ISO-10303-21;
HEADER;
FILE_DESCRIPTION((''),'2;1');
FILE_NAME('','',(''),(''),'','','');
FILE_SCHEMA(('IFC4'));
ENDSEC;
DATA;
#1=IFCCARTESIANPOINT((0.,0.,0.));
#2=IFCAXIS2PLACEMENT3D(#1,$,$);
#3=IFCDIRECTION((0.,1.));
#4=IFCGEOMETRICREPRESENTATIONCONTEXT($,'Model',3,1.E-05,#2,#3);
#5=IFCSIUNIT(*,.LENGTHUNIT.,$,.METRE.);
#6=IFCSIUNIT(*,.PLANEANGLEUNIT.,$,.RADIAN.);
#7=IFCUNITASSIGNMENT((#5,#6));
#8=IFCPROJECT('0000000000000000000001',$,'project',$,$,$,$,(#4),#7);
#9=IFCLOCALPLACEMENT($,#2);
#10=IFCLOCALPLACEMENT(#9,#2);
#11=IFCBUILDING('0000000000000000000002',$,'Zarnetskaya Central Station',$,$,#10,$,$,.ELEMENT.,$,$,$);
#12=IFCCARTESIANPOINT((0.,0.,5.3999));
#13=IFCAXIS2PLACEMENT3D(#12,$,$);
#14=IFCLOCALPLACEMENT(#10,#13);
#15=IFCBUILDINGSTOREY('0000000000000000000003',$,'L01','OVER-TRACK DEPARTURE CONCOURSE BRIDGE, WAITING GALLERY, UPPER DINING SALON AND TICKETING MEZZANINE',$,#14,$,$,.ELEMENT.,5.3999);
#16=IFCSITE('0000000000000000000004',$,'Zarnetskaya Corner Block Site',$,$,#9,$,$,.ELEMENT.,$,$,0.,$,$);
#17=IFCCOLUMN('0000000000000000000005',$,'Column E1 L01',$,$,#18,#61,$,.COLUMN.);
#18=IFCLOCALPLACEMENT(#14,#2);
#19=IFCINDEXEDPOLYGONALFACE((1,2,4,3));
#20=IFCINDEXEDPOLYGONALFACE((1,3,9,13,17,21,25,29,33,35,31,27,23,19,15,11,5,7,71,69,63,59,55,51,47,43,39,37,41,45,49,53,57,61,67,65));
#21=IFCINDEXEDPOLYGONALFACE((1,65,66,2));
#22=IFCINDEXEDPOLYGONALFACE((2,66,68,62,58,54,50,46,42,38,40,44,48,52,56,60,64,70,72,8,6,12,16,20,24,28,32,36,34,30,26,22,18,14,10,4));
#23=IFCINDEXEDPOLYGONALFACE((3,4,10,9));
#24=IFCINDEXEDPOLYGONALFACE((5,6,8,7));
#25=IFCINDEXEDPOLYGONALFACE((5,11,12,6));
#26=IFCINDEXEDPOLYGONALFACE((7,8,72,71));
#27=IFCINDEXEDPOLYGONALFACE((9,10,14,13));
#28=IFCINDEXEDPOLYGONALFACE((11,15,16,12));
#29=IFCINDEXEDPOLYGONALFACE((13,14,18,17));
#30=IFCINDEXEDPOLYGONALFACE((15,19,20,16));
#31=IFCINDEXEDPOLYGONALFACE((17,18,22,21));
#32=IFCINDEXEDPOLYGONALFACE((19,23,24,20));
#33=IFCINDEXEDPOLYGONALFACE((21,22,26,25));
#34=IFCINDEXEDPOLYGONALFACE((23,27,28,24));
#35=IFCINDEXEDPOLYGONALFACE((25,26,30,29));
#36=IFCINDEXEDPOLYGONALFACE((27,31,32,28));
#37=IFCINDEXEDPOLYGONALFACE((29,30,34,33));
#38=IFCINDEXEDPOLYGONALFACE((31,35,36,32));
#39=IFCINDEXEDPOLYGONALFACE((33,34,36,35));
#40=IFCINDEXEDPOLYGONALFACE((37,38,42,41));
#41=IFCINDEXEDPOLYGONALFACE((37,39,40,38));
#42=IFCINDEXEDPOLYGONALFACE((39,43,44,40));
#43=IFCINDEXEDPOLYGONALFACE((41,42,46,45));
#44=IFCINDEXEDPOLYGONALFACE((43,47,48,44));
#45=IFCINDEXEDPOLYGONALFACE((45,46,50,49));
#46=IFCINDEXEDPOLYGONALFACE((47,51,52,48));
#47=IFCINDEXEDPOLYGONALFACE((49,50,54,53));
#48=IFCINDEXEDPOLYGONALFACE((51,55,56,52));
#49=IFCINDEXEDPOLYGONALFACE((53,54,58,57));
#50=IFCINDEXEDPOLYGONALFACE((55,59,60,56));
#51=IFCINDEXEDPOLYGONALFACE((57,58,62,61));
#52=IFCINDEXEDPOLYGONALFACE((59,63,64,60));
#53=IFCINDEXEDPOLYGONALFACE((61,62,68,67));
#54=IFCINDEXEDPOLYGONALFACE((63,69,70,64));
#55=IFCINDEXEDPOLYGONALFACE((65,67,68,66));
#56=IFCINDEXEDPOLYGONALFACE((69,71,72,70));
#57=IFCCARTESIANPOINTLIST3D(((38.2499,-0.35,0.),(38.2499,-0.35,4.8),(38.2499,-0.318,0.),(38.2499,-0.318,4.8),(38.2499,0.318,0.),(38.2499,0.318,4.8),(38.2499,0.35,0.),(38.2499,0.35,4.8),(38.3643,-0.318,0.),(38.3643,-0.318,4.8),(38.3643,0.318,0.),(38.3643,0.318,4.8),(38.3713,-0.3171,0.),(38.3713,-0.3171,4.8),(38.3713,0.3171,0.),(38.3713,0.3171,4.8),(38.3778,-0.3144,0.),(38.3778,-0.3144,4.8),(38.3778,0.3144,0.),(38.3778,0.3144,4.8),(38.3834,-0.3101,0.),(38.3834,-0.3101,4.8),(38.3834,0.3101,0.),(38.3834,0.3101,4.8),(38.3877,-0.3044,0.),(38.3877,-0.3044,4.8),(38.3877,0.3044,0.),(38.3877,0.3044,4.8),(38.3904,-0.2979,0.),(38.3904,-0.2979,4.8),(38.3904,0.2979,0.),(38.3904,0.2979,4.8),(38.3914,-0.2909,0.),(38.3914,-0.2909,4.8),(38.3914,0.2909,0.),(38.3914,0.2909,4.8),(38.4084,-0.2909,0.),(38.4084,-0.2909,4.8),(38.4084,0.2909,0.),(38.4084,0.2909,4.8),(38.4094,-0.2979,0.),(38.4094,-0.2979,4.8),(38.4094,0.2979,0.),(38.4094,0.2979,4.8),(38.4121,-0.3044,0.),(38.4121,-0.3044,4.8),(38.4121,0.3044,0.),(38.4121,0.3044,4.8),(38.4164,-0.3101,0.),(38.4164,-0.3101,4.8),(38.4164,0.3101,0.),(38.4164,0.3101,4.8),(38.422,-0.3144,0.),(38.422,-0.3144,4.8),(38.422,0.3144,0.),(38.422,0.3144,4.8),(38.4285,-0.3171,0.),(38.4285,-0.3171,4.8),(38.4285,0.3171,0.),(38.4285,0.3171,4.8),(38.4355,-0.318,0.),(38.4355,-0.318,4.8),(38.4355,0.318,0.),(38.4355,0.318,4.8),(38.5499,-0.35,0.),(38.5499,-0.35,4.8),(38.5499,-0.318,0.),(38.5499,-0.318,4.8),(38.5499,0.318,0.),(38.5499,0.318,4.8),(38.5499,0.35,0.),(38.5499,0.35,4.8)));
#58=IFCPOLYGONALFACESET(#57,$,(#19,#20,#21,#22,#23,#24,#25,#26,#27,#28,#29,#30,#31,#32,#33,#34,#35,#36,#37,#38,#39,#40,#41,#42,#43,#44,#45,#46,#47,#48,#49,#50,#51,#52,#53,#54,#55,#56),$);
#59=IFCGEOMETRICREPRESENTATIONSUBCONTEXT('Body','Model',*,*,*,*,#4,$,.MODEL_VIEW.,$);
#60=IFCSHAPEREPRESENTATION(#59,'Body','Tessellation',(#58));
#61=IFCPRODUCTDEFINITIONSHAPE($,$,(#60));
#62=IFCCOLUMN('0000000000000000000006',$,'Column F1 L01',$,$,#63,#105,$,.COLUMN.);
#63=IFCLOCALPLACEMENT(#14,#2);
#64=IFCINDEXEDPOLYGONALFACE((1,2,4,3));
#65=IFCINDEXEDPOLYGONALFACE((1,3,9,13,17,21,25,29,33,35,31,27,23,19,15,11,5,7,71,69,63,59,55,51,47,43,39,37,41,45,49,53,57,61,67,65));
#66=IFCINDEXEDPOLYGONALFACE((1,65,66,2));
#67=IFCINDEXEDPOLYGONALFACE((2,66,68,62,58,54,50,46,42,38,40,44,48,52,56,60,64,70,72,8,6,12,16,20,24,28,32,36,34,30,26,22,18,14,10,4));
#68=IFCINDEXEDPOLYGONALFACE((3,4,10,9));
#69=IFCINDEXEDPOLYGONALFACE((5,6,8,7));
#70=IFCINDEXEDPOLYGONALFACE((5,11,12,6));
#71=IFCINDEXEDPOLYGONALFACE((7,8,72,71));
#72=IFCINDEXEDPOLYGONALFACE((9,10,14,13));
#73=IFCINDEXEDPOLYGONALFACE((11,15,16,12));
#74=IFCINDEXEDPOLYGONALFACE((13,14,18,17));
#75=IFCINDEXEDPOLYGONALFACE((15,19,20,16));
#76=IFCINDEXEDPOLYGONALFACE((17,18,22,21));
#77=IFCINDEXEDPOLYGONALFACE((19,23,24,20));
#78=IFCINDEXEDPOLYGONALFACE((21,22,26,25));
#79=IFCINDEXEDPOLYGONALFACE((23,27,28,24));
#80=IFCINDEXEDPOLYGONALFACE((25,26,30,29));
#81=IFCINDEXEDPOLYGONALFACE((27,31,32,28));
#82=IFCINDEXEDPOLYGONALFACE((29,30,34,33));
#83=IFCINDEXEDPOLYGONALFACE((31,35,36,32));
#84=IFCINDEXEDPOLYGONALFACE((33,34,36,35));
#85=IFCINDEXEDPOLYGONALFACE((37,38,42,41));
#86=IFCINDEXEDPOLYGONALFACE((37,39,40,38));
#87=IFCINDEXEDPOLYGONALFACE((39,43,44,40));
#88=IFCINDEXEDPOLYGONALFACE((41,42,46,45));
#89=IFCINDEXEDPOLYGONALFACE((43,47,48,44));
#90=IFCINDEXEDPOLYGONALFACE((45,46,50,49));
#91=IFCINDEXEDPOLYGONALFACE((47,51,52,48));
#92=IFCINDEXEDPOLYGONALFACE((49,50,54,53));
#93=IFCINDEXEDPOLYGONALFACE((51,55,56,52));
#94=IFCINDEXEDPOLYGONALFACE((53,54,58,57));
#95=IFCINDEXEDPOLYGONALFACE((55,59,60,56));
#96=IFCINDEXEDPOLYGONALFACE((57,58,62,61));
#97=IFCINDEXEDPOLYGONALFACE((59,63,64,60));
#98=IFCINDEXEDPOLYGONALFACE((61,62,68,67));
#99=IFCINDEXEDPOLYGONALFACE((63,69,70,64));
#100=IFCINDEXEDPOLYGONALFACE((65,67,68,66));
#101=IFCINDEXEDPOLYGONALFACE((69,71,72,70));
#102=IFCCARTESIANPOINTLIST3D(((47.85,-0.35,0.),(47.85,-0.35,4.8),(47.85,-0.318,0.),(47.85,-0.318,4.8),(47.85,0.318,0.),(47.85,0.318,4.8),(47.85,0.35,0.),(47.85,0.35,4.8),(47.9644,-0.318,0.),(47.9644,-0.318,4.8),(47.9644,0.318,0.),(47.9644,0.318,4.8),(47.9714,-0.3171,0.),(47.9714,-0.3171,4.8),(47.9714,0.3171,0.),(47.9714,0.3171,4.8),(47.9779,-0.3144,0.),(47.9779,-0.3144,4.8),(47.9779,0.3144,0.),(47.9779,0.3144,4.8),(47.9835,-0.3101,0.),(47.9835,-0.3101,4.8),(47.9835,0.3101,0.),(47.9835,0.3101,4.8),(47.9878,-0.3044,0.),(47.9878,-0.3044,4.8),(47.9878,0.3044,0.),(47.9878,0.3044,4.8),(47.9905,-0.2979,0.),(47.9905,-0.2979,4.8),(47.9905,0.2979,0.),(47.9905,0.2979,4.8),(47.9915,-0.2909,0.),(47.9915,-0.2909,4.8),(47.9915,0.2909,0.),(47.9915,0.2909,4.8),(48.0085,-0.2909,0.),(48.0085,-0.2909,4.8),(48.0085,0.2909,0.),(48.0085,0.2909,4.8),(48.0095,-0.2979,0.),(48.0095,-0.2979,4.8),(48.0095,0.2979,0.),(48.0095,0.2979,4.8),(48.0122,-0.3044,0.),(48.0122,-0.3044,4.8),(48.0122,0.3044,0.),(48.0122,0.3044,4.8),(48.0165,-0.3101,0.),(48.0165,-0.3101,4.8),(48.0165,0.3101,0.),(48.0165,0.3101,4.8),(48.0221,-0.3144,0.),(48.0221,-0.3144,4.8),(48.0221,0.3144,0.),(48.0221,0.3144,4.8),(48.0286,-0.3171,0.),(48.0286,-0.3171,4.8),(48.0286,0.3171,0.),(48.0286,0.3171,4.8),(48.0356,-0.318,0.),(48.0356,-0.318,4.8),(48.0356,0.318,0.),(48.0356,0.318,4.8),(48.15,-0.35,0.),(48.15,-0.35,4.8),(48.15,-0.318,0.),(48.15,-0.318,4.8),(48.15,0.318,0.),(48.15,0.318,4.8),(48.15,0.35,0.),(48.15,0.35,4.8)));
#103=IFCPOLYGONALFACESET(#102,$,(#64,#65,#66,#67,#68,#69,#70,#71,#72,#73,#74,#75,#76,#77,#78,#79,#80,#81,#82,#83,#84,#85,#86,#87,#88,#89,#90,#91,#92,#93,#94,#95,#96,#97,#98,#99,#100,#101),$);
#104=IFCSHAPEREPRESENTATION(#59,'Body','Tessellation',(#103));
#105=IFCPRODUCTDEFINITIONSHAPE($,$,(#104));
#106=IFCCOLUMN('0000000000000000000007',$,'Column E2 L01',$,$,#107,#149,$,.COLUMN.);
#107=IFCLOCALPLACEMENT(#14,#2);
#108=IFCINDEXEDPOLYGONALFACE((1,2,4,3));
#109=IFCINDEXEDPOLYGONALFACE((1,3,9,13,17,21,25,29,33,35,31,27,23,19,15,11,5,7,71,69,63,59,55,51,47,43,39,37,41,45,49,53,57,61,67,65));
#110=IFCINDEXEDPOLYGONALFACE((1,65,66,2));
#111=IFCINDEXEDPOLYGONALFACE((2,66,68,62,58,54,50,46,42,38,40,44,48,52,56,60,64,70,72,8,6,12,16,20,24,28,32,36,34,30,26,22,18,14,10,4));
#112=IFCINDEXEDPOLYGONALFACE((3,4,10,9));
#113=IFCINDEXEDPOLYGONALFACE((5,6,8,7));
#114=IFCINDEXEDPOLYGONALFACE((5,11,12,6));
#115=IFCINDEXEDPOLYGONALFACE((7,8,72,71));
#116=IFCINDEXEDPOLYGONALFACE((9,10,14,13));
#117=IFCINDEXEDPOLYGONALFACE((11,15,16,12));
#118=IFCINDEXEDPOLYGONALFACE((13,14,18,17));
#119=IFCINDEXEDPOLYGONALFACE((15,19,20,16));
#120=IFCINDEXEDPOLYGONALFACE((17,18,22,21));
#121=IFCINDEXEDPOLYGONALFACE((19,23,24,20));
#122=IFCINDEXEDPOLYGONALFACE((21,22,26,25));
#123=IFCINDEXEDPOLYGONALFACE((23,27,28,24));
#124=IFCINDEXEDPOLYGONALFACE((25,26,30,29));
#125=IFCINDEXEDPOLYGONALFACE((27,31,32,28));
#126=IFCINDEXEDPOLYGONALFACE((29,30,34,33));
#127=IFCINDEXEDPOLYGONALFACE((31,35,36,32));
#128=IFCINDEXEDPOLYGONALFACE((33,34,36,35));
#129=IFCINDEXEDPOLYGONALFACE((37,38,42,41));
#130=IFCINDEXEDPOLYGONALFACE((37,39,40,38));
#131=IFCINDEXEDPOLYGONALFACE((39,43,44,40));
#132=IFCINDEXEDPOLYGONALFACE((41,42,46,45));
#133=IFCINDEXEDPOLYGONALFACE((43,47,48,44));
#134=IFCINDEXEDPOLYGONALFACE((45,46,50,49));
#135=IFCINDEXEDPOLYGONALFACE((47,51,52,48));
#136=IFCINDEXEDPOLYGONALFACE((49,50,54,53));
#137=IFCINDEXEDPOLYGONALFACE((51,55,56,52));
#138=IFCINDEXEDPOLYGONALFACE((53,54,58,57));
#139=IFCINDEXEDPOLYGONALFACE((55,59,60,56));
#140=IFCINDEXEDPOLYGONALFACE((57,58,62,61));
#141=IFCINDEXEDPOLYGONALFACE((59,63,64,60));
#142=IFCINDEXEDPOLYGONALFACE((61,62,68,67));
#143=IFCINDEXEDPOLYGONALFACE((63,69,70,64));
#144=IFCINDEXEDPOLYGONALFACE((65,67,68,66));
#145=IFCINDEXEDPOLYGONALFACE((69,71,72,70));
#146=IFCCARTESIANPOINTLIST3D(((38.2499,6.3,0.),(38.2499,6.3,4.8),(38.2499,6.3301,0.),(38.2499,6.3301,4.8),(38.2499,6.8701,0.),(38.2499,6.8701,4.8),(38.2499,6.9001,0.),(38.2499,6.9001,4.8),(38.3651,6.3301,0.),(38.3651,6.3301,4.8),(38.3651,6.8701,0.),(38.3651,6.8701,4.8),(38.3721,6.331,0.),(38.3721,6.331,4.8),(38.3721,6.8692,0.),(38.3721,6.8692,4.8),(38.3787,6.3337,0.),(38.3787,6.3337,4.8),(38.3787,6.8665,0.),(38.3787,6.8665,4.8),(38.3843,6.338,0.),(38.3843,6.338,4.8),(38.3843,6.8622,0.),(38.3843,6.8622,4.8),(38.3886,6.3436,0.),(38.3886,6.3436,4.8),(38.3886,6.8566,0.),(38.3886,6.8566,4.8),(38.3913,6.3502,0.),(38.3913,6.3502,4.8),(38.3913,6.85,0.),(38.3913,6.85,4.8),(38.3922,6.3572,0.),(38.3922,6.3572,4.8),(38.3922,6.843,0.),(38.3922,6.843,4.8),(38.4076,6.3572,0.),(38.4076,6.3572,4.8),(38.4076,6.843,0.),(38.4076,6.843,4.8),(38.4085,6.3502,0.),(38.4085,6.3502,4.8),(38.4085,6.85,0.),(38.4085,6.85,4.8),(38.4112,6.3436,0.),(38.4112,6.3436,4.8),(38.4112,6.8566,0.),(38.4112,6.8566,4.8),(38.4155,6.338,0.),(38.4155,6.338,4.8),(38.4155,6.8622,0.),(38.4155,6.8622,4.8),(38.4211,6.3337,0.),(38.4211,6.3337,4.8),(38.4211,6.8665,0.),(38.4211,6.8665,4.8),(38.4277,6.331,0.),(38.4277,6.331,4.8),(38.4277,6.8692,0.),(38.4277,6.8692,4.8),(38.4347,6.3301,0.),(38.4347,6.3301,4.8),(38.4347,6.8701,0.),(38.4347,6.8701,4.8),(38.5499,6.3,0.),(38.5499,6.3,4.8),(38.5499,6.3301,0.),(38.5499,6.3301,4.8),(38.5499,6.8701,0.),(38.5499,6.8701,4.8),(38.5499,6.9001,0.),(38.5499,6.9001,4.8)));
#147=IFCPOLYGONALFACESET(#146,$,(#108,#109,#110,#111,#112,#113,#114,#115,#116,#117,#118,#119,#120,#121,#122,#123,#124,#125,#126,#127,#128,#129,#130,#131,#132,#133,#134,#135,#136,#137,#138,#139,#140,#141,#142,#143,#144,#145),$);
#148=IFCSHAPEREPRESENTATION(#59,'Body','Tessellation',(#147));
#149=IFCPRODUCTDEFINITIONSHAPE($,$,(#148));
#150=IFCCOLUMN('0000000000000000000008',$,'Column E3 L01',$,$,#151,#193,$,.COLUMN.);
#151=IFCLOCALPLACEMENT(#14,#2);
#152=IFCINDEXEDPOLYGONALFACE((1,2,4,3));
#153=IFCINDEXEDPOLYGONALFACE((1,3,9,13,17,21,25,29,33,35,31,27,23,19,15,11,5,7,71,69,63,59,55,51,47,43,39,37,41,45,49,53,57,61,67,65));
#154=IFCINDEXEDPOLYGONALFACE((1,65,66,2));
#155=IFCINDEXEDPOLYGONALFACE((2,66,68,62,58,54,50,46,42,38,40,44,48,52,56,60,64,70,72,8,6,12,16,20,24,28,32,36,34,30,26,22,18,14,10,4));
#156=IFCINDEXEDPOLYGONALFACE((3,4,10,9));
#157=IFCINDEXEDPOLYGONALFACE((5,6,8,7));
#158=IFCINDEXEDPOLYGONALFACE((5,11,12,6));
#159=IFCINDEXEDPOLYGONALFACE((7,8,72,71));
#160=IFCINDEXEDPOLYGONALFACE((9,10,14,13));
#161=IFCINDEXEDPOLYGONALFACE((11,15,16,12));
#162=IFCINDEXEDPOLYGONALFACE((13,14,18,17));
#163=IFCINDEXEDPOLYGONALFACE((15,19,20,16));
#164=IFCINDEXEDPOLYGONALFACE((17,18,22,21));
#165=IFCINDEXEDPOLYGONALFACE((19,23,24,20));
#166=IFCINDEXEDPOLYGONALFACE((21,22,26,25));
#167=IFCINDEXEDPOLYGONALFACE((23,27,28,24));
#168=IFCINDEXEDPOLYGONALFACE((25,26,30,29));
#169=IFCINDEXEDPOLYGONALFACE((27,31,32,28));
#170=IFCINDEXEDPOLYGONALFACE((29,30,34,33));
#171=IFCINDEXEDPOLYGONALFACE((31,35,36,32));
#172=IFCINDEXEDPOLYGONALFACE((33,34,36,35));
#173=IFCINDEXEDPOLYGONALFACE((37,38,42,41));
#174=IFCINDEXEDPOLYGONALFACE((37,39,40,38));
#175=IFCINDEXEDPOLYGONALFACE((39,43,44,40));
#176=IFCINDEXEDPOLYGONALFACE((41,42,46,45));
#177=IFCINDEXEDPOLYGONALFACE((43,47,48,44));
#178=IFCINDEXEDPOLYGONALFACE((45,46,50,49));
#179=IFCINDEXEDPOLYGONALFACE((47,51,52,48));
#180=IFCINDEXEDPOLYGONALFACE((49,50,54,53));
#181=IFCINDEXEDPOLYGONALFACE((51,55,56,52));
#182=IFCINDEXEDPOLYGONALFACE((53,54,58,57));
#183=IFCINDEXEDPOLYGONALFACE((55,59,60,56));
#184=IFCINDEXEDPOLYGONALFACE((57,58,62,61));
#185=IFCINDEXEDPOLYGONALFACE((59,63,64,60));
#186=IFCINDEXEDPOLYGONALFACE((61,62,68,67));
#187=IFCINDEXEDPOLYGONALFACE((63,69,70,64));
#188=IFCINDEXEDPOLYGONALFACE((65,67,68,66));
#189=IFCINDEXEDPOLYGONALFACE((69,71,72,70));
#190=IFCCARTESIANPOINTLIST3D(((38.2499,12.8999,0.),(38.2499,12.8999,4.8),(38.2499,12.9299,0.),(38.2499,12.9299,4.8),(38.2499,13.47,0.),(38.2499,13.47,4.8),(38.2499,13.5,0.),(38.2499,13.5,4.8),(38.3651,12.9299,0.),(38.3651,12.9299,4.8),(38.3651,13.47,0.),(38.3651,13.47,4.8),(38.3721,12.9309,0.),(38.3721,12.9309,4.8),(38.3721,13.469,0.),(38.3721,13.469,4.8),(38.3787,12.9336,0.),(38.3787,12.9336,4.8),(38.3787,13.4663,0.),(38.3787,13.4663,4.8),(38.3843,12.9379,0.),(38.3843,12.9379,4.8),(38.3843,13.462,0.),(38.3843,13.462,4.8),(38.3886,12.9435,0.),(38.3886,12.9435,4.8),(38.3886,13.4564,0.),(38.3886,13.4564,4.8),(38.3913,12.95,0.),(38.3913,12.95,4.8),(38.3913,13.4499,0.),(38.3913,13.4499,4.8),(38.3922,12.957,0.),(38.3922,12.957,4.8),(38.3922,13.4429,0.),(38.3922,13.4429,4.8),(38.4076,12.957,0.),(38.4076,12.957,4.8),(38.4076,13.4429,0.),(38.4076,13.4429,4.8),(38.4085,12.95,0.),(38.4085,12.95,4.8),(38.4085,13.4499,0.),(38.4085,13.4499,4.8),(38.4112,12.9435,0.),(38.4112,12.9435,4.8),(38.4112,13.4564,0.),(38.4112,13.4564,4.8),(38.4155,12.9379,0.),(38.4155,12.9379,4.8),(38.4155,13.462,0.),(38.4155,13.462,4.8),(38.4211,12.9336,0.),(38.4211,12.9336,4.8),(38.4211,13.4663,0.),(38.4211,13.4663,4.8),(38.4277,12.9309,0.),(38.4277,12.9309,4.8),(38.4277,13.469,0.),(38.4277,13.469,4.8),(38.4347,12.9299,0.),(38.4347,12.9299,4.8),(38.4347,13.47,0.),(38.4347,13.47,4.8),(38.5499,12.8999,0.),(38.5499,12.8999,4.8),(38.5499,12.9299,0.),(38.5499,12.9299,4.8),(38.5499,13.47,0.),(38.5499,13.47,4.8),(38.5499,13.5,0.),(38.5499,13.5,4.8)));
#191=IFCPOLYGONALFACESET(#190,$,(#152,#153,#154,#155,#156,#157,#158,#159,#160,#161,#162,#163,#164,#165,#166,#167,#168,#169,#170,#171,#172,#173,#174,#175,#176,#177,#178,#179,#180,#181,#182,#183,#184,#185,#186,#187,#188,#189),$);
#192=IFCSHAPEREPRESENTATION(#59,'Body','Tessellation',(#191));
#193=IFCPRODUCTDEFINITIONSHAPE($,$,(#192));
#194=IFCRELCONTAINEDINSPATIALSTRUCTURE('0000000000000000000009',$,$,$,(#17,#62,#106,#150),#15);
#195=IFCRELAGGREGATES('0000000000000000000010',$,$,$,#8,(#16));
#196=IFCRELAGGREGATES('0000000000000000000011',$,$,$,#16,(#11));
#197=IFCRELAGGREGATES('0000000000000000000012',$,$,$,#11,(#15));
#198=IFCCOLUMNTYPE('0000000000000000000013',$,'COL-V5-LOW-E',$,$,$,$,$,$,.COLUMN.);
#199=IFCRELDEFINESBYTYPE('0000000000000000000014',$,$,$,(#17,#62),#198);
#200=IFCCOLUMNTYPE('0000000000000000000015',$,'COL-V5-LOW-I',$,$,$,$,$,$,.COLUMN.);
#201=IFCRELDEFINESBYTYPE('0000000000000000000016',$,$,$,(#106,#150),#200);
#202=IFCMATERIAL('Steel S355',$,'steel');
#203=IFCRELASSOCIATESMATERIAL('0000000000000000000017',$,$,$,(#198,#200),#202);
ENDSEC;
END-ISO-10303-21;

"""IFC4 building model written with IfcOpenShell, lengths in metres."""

from ifc_helpers import new_model, si_unit, direction, frame, origin, origin_2d, place, context, subcontext, project, spatial, i_section, extrude, material, material_profile, profile_set, type_object, element, save


model = new_model("IFC4")

# Units and contexts
model_context = context("Model", 3, precision=1e-05, world=origin(), true_north=direction((0.0, 1.0)))
body_context = subcontext(model_context, "Body", "Model", "MODEL_VIEW")
ifc_project = project(units=[si_unit("LENGTHUNIT", "METRE"), si_unit("PLANEANGLEUNIT", "RADIAN")], contexts=[model_context])

# Site, building, storey
site_placement = place(None, origin())
site = spatial("IfcSite", under=ifc_project, at=site_placement, Name="Zarnetskaya Corner Block Site", CompositionType="ELEMENT", RefElevation=0.0)
building_placement = place(site_placement, origin())
building = spatial("IfcBuilding", under=site, at=building_placement, Name="Zarnetskaya Central Station", CompositionType="ELEMENT")
storey_placement = place(building_placement, frame((0.0, 0.0, 5.3999)))
storey = spatial("IfcBuildingStorey", under=building, at=storey_placement, Name="L01", Description="OVER-TRACK DEPARTURE CONCOURSE BRIDGE, WAITING GALLERY, UPPER DINING SALON AND TICKETING MEZZANINE", CompositionType="ELEMENT", Elevation=5.3999)

# Columns
ifc_material_1 = material(Name="Steel S355", Category="steel")
ifc_material_profile_1 = material_profile(ifc_material_1, i_section(OverallWidth=0.3, OverallDepth=0.7, WebThickness=0.0171, FlangeThickness=0.032, FilletRadius=0.0271, at=origin_2d()), Name="HEB 700")
ifc_profile_set_1 = profile_set([ifc_material_profile_1], Name="Steel S355")
column_type_1 = type_object("IfcColumnType", Name="COL-V5-LOW-E", PredefinedType="COLUMN", material=ifc_profile_set_1)
for number, where, z_axis, x_axis, name in (
    (1, (38.3999, 0.0, 0.0), (0.0, 0.0, 1.0), (1.0, 0.0, 0.0), "Column E1 L01"),
    (2, (48.0, 0.0, 0.0), (0.0, 0.0, 1.0), (1.0, 0.0, 0.0), "Column F1 L01"),
):
    element("IfcColumn", number, at=place(storey_placement, frame(where, z_axis=z_axis, x_axis=x_axis)), inside=storey, type_object=column_type_1, Name=name, PredefinedType="COLUMN", context=body_context, shape_type="SweptSolid", body=[
        extrude(i_section(OverallWidth=0.3, OverallDepth=0.7, WebThickness=0.0171, FlangeThickness=0.032, FilletRadius=0.0271, at=origin_2d()), origin(), (0.0, 0.0, 1.0), 4.8),
    ])
ifc_material_profile_2 = material_profile(ifc_material_1, i_section(OverallWidth=0.3, OverallDepth=0.6001, WebThickness=0.0154, FlangeThickness=0.03, FilletRadius=0.0271, at=origin_2d()), Name="HEB 600")
ifc_profile_set_2 = profile_set([ifc_material_profile_2], Name="Steel S355")
column_type_2 = type_object("IfcColumnType", Name="COL-V5-LOW-I", PredefinedType="COLUMN", material=ifc_profile_set_2)
for number, where, z_axis, x_axis, name in (
    (3, (38.3999, 6.6001, 0.0), (0.0, 0.0, 1.0), (1.0, 0.0, 0.0), "Column E2 L01"),
    (4, (38.3999, 13.2, 0.0), (0.0, 0.0, 1.0), (1.0, 0.0, 0.0), "Column E3 L01"),
):
    element("IfcColumn", number, at=place(storey_placement, frame(where, z_axis=z_axis, x_axis=x_axis)), inside=storey, type_object=column_type_2, Name=name, PredefinedType="COLUMN", context=body_context, shape_type="SweptSolid", body=[
        extrude(i_section(OverallWidth=0.3, OverallDepth=0.6001, WebThickness=0.0154, FlangeThickness=0.03, FilletRadius=0.0271, at=origin_2d()), origin(), (0.0, 0.0, 1.0), 4.8),
    ])

save(model, "model.ifc")
